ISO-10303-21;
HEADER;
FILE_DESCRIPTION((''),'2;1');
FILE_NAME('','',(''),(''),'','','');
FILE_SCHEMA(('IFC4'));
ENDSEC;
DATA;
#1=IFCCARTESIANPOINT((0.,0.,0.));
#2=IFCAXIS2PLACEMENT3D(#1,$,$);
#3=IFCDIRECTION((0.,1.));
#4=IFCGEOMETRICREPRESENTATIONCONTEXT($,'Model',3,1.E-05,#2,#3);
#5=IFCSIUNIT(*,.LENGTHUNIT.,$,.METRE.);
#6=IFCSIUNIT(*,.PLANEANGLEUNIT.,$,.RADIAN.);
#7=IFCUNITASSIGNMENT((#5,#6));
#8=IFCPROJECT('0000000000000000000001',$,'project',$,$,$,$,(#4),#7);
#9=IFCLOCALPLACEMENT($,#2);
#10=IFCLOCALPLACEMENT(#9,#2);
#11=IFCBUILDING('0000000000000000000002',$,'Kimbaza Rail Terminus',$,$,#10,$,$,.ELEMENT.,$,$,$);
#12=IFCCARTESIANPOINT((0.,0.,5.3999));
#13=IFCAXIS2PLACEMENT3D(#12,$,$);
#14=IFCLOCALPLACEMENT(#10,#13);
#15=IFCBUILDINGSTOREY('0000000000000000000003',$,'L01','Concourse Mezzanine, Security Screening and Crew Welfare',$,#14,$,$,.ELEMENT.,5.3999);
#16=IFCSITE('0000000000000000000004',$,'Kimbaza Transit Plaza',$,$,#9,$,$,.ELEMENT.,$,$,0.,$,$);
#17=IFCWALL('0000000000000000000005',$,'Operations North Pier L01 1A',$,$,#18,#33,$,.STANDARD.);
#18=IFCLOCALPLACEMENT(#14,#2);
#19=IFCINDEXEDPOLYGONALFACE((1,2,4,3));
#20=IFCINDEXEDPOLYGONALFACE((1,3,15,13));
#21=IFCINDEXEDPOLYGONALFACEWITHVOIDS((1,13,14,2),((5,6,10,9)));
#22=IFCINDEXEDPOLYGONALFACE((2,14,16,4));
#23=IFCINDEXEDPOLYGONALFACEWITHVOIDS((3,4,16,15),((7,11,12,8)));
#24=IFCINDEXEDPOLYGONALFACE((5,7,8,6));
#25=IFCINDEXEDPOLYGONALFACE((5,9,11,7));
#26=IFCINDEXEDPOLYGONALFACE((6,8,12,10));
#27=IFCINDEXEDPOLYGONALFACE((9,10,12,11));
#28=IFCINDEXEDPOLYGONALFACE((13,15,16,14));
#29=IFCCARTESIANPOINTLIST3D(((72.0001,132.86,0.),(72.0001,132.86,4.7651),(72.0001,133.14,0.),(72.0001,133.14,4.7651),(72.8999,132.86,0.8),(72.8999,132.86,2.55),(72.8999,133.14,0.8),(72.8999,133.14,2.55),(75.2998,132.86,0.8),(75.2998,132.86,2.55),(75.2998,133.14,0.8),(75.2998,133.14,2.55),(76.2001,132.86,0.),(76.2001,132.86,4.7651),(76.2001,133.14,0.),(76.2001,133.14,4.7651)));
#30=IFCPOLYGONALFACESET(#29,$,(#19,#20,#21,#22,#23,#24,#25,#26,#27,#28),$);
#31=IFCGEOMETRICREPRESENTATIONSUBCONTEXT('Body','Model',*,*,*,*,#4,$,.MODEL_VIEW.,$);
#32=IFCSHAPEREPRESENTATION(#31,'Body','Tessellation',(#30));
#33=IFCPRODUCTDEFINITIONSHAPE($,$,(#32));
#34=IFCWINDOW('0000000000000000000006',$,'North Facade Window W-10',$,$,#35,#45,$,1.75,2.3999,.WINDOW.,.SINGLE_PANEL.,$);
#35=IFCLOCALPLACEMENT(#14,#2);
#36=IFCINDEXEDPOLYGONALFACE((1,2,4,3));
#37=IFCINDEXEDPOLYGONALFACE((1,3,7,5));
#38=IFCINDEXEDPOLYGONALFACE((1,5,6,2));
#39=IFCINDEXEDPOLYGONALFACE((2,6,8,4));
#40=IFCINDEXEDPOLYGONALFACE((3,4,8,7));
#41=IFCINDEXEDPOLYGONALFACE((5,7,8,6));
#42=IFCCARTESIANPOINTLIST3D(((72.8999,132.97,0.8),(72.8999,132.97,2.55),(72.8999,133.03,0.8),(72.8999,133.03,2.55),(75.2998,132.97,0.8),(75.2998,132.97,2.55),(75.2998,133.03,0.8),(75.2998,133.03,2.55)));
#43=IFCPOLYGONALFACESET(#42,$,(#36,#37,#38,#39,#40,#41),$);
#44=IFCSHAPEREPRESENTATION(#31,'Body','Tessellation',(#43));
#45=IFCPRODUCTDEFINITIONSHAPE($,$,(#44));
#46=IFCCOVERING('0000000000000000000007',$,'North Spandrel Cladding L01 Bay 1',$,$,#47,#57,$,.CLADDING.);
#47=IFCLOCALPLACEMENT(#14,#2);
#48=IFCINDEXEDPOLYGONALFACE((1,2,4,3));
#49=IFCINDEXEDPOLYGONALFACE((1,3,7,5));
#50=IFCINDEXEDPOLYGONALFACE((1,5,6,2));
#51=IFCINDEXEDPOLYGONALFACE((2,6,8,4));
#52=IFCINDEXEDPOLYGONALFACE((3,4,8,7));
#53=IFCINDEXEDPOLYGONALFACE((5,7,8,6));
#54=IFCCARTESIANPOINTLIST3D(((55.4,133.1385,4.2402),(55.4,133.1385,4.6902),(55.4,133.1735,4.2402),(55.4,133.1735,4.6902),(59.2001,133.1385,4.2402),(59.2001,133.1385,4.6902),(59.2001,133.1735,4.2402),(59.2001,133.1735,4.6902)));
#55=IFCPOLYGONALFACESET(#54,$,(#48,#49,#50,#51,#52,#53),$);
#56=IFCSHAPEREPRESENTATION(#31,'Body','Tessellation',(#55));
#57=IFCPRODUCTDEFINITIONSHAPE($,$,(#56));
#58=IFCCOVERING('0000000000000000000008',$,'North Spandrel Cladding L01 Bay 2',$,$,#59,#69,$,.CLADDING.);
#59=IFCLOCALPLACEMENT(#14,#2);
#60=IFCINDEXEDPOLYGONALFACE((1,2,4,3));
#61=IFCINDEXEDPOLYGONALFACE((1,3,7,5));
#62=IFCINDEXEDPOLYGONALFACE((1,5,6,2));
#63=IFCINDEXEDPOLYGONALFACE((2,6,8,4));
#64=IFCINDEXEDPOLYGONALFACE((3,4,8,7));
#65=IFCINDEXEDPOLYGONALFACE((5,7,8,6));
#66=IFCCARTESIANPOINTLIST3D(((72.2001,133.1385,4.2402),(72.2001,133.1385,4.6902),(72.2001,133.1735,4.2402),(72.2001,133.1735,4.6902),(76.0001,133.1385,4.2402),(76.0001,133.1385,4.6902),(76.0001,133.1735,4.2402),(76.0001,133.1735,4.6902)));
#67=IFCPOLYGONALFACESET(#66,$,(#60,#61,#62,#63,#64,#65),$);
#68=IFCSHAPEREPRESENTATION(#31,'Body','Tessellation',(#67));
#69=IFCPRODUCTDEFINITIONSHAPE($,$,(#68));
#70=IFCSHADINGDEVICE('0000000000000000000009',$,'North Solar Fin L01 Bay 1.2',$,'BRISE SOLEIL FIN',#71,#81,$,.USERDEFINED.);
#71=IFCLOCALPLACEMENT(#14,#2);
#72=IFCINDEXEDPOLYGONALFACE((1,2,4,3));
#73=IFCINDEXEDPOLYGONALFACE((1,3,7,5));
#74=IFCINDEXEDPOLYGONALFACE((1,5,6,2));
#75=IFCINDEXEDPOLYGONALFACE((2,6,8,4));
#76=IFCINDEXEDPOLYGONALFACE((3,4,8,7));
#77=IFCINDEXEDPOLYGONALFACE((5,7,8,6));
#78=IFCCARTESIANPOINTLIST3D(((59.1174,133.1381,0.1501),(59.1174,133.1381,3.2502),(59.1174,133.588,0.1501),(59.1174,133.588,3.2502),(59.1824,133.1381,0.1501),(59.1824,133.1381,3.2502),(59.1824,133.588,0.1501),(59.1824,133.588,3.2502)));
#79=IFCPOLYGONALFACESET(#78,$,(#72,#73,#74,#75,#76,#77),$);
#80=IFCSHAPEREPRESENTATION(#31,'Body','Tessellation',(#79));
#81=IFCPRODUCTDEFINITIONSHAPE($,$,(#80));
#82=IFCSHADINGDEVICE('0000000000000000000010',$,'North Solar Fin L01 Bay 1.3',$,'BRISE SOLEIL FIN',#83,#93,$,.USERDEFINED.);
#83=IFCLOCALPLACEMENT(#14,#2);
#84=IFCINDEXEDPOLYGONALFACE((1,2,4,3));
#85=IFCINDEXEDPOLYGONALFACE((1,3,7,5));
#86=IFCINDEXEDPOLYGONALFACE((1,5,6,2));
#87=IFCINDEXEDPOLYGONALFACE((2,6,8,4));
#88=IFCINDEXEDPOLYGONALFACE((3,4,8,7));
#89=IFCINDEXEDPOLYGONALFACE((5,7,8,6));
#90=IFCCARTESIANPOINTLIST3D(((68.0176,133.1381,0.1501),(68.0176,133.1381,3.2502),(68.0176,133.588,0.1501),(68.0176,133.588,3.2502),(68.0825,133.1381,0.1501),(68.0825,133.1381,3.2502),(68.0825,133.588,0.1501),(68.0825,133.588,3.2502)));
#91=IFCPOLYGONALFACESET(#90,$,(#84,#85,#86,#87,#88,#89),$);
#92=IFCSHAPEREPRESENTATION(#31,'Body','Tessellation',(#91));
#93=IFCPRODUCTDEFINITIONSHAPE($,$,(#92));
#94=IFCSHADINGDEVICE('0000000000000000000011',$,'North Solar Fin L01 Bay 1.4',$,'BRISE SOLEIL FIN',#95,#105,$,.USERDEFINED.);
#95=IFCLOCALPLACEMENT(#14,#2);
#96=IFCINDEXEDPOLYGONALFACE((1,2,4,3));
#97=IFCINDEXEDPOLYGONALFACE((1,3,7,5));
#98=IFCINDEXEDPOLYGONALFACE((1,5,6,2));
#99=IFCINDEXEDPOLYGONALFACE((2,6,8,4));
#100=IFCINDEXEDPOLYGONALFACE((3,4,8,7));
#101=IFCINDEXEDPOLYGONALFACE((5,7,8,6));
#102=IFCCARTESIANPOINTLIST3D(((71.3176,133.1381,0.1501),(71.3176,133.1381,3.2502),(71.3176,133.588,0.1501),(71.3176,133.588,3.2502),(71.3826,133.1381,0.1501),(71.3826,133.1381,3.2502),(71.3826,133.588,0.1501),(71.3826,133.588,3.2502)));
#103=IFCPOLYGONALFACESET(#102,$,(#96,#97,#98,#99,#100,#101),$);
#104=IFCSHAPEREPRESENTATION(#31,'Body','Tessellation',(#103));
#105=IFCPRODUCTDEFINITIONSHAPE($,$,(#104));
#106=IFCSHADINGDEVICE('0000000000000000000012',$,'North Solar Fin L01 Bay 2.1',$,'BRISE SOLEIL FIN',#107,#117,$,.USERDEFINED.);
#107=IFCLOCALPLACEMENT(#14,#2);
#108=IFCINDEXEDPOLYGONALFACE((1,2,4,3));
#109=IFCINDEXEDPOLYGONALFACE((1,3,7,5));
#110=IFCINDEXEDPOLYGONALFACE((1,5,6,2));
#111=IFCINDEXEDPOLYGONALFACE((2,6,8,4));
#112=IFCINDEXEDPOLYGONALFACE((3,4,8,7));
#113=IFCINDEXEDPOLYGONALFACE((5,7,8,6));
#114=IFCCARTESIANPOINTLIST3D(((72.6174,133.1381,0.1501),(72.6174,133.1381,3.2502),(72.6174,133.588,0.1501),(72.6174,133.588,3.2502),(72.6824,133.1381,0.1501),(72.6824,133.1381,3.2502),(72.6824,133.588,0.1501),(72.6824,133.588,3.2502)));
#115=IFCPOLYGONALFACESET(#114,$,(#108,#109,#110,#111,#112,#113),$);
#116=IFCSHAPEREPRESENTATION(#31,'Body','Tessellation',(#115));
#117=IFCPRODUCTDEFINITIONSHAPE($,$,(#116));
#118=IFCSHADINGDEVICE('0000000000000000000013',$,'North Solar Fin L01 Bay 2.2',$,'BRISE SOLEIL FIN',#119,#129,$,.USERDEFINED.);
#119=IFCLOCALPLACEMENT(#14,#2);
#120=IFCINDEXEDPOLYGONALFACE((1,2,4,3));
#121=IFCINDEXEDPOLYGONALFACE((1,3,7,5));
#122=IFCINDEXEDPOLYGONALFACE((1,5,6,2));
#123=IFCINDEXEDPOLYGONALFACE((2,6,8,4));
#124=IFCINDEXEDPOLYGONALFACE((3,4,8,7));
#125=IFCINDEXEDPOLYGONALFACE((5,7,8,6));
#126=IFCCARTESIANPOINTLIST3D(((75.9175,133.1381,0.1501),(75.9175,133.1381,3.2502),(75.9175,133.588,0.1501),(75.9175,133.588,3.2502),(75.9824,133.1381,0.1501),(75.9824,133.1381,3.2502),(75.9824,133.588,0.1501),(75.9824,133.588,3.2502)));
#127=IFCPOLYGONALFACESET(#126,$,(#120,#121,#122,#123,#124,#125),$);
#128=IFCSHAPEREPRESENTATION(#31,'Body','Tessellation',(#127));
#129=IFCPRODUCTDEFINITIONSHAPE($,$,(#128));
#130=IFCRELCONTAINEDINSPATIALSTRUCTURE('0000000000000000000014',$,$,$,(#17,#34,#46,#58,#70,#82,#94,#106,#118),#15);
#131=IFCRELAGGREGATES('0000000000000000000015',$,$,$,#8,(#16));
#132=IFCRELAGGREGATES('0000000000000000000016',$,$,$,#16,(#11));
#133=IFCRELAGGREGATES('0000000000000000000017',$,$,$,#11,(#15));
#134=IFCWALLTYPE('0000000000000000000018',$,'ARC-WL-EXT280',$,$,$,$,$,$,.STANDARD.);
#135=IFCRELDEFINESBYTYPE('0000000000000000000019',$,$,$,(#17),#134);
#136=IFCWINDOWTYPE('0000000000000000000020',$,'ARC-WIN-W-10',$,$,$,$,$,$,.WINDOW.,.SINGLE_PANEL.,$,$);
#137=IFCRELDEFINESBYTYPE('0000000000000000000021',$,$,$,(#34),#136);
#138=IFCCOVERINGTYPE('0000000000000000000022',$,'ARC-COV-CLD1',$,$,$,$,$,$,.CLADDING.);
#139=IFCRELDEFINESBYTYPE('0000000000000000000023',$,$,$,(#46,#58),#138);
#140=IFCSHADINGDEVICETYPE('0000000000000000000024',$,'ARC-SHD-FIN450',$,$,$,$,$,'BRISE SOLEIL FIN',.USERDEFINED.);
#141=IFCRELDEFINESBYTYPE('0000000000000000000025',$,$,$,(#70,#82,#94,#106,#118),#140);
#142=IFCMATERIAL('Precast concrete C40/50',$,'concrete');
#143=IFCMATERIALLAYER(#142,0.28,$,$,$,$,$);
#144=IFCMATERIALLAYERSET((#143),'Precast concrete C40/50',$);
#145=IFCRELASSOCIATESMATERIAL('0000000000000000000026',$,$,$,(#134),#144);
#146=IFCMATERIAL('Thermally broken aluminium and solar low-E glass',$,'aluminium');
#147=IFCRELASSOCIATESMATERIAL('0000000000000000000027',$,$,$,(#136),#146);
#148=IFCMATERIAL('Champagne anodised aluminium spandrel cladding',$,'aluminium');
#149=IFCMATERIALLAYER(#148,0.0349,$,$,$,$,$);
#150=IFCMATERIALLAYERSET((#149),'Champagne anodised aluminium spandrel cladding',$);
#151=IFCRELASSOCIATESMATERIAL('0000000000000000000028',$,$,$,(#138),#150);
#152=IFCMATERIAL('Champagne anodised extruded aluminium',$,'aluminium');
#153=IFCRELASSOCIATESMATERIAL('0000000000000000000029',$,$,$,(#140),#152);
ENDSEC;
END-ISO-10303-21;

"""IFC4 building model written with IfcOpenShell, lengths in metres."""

from ifc_helpers import new_model, si_unit, direction, frame, frame_2d, origin, origin_2d, place, context, subcontext, project, spatial, rectangle, extrude, material, layer, layer_set, type_object, element, fill, save


model = new_model("IFC4")

# Units and contexts
model_context = context("Model", 3, precision=1e-05, world=origin(), true_north=direction((0.0, 1.0)))
body_context = subcontext(model_context, "Body", "Model", "MODEL_VIEW")
ifc_project = project(units=[si_unit("LENGTHUNIT", "METRE"), si_unit("PLANEANGLEUNIT", "RADIAN")], contexts=[model_context])

# Site, building, storey
site_placement = place(None, origin())
site = spatial("IfcSite", under=ifc_project, at=site_placement, Name="Kimbaza Transit Plaza", CompositionType="ELEMENT", RefElevation=0.0)
building_placement = place(site_placement, origin())
building = spatial("IfcBuilding", under=site, at=building_placement, Name="Kimbaza Rail Terminus", CompositionType="ELEMENT")
storey_placement = place(building_placement, frame((0.0, 0.0, 5.3999)))
storey = spatial("IfcBuildingStorey", under=building, at=storey_placement, Name="L01", Description="Concourse Mezzanine, Security Screening and Crew Welfare", CompositionType="ELEMENT", Elevation=5.3999)

# Wall, opening, window
ifc_material_1 = material(Name="Precast concrete C40/50", Category="concrete")
ifc_layer_1 = layer(ifc_material_1, 0.28)
ifc_layer_set_1 = layer_set([ifc_layer_1], Name="Precast concrete C40/50")
wall_type = type_object("IfcWallType", Name="ARC-WL-EXT280", PredefinedType="STANDARD", material=ifc_layer_set_1)
wall_1_placement = place(storey_placement, frame((72.0, 133.0, 0.0), z_axis=(0.0, 0.0, 1.0), x_axis=(1.0, 0.0, 0.0)))
wall_1 = element("IfcWall", 1, at=wall_1_placement, inside=storey, type_object=wall_type, Name="Operations North Pier L01 1A", PredefinedType="STANDARD", context=body_context, shape_type="SweptSolid", body=[
    extrude(rectangle(XDim=4.2, YDim=0.28, at=frame_2d((2.1001, 0.0))), origin(), (0.0, 0.0, 1.0), 4.7651),
])
opening_1_placement = place(wall_1_placement, frame((0.8999, 0.0, 0.8)))
opening_1 = element("IfcOpeningElement", 2, at=opening_1_placement, cuts=wall_1, PredefinedType="OPENING", context=body_context, shape_type="SweptSolid", body=[
    extrude(rectangle(XDim=2.3999, YDim=1.75, at=frame_2d((1.2, 0.875))), frame((0.0, 0.1499, 0.0), z_axis=(0.0, -1.0, 0.0), x_axis=(1.0, 0.0, 0.0)), (0.0, 0.0, 1.0), 0.3),
])
ifc_material_2 = material(Name="Thermally broken aluminium and solar low-E glass", Category="aluminium")
window_type_1 = type_object("IfcWindowType", Name="ARC-WIN-W-10", PartitioningType="SINGLE_PANEL", PredefinedType="WINDOW", material=ifc_material_2)
window_1_placement = place(opening_1_placement, origin())
window_1 = element("IfcWindow", 3, at=window_1_placement, inside=storey, type_object=window_type_1, Name="North Facade Window W-10", OverallHeight=1.75, OverallWidth=2.3999, PartitioningType="SINGLE_PANEL", PredefinedType="WINDOW", context=body_context, shape_type="SweptSolid", body=[
    extrude(rectangle(XDim=2.3999, YDim=1.75, at=frame_2d((1.2, 0.875))), frame((0.0, 0.03, 0.0), z_axis=(0.0, -1.0, 0.0), x_axis=(1.0, 0.0, 0.0)), (0.0, 0.0, 1.0), 0.0601),
])
fill(opening_1, window_1)

# Coverings
ifc_material_3 = material(Name="Champagne anodised aluminium spandrel cladding", Category="aluminium")
ifc_layer_2 = layer(ifc_material_3, 0.0349)
ifc_layer_set_2 = layer_set([ifc_layer_2], Name="Champagne anodised aluminium spandrel cladding")
covering_type = type_object("IfcCoveringType", Name="ARC-COV-CLD1", PredefinedType="CLADDING", material=ifc_layer_set_2)
for number, where, z_axis, x_axis, name in (
    (4, (57.3, 133.156, 4.2402), (0.0, 0.0, 1.0), (1.0, 0.0, 0.0), "North Spandrel Cladding L01 Bay 1"),
    (5, (74.1001, 133.156, 4.2402), (0.0, 0.0, 1.0), (1.0, 0.0, 0.0), "North Spandrel Cladding L01 Bay 2"),
):
    element("IfcCovering", number, at=place(storey_placement, frame(where, z_axis=z_axis, x_axis=x_axis)), inside=storey, type_object=covering_type, Name=name, PredefinedType="CLADDING", context=body_context, shape_type="SweptSolid", body=[
        extrude(rectangle(XDim=3.8, YDim=0.0349, at=origin_2d()), origin(), (0.0, 0.0, 1.0), 0.45),
    ])

# Shading devices
ifc_material_4 = material(Name="Champagne anodised extruded aluminium", Category="aluminium")
shading_device_type = type_object("IfcShadingDeviceType", Name="ARC-SHD-FIN450", ElementType="BRISE SOLEIL FIN", PredefinedType="USERDEFINED", material=ifc_material_4)
for number, where, z_axis, x_axis, name in (
    (6, (59.1499, 133.363, 0.1501), (0.0, 0.0, 1.0), (1.0, 0.0, 0.0), "North Solar Fin L01 Bay 1.2"),
    (7, (68.05, 133.363, 0.1501), (0.0, 0.0, 1.0), (1.0, 0.0, 0.0), "North Solar Fin L01 Bay 1.3"),
    (8, (71.3501, 133.363, 0.1501), (0.0, 0.0, 1.0), (1.0, 0.0, 0.0), "North Solar Fin L01 Bay 1.4"),
    (9, (72.6499, 133.363, 0.1501), (0.0, 0.0, 1.0), (1.0, 0.0, 0.0), "North Solar Fin L01 Bay 2.1"),
    (10, (75.95, 133.363, 0.1501), (0.0, 0.0, 1.0), (1.0, 0.0, 0.0), "North Solar Fin L01 Bay 2.2"),
):
    element("IfcShadingDevice", number, at=place(storey_placement, frame(where, z_axis=z_axis, x_axis=x_axis)), inside=storey, type_object=shading_device_type, Name=name, ObjectType="BRISE SOLEIL FIN", PredefinedType="USERDEFINED", context=body_context, shape_type="SweptSolid", body=[
        extrude(rectangle(XDim=0.0649, YDim=0.45, at=origin_2d()), origin(), (0.0, 0.0, 1.0), 3.1001),
    ])

save(model, "model.ifc")
